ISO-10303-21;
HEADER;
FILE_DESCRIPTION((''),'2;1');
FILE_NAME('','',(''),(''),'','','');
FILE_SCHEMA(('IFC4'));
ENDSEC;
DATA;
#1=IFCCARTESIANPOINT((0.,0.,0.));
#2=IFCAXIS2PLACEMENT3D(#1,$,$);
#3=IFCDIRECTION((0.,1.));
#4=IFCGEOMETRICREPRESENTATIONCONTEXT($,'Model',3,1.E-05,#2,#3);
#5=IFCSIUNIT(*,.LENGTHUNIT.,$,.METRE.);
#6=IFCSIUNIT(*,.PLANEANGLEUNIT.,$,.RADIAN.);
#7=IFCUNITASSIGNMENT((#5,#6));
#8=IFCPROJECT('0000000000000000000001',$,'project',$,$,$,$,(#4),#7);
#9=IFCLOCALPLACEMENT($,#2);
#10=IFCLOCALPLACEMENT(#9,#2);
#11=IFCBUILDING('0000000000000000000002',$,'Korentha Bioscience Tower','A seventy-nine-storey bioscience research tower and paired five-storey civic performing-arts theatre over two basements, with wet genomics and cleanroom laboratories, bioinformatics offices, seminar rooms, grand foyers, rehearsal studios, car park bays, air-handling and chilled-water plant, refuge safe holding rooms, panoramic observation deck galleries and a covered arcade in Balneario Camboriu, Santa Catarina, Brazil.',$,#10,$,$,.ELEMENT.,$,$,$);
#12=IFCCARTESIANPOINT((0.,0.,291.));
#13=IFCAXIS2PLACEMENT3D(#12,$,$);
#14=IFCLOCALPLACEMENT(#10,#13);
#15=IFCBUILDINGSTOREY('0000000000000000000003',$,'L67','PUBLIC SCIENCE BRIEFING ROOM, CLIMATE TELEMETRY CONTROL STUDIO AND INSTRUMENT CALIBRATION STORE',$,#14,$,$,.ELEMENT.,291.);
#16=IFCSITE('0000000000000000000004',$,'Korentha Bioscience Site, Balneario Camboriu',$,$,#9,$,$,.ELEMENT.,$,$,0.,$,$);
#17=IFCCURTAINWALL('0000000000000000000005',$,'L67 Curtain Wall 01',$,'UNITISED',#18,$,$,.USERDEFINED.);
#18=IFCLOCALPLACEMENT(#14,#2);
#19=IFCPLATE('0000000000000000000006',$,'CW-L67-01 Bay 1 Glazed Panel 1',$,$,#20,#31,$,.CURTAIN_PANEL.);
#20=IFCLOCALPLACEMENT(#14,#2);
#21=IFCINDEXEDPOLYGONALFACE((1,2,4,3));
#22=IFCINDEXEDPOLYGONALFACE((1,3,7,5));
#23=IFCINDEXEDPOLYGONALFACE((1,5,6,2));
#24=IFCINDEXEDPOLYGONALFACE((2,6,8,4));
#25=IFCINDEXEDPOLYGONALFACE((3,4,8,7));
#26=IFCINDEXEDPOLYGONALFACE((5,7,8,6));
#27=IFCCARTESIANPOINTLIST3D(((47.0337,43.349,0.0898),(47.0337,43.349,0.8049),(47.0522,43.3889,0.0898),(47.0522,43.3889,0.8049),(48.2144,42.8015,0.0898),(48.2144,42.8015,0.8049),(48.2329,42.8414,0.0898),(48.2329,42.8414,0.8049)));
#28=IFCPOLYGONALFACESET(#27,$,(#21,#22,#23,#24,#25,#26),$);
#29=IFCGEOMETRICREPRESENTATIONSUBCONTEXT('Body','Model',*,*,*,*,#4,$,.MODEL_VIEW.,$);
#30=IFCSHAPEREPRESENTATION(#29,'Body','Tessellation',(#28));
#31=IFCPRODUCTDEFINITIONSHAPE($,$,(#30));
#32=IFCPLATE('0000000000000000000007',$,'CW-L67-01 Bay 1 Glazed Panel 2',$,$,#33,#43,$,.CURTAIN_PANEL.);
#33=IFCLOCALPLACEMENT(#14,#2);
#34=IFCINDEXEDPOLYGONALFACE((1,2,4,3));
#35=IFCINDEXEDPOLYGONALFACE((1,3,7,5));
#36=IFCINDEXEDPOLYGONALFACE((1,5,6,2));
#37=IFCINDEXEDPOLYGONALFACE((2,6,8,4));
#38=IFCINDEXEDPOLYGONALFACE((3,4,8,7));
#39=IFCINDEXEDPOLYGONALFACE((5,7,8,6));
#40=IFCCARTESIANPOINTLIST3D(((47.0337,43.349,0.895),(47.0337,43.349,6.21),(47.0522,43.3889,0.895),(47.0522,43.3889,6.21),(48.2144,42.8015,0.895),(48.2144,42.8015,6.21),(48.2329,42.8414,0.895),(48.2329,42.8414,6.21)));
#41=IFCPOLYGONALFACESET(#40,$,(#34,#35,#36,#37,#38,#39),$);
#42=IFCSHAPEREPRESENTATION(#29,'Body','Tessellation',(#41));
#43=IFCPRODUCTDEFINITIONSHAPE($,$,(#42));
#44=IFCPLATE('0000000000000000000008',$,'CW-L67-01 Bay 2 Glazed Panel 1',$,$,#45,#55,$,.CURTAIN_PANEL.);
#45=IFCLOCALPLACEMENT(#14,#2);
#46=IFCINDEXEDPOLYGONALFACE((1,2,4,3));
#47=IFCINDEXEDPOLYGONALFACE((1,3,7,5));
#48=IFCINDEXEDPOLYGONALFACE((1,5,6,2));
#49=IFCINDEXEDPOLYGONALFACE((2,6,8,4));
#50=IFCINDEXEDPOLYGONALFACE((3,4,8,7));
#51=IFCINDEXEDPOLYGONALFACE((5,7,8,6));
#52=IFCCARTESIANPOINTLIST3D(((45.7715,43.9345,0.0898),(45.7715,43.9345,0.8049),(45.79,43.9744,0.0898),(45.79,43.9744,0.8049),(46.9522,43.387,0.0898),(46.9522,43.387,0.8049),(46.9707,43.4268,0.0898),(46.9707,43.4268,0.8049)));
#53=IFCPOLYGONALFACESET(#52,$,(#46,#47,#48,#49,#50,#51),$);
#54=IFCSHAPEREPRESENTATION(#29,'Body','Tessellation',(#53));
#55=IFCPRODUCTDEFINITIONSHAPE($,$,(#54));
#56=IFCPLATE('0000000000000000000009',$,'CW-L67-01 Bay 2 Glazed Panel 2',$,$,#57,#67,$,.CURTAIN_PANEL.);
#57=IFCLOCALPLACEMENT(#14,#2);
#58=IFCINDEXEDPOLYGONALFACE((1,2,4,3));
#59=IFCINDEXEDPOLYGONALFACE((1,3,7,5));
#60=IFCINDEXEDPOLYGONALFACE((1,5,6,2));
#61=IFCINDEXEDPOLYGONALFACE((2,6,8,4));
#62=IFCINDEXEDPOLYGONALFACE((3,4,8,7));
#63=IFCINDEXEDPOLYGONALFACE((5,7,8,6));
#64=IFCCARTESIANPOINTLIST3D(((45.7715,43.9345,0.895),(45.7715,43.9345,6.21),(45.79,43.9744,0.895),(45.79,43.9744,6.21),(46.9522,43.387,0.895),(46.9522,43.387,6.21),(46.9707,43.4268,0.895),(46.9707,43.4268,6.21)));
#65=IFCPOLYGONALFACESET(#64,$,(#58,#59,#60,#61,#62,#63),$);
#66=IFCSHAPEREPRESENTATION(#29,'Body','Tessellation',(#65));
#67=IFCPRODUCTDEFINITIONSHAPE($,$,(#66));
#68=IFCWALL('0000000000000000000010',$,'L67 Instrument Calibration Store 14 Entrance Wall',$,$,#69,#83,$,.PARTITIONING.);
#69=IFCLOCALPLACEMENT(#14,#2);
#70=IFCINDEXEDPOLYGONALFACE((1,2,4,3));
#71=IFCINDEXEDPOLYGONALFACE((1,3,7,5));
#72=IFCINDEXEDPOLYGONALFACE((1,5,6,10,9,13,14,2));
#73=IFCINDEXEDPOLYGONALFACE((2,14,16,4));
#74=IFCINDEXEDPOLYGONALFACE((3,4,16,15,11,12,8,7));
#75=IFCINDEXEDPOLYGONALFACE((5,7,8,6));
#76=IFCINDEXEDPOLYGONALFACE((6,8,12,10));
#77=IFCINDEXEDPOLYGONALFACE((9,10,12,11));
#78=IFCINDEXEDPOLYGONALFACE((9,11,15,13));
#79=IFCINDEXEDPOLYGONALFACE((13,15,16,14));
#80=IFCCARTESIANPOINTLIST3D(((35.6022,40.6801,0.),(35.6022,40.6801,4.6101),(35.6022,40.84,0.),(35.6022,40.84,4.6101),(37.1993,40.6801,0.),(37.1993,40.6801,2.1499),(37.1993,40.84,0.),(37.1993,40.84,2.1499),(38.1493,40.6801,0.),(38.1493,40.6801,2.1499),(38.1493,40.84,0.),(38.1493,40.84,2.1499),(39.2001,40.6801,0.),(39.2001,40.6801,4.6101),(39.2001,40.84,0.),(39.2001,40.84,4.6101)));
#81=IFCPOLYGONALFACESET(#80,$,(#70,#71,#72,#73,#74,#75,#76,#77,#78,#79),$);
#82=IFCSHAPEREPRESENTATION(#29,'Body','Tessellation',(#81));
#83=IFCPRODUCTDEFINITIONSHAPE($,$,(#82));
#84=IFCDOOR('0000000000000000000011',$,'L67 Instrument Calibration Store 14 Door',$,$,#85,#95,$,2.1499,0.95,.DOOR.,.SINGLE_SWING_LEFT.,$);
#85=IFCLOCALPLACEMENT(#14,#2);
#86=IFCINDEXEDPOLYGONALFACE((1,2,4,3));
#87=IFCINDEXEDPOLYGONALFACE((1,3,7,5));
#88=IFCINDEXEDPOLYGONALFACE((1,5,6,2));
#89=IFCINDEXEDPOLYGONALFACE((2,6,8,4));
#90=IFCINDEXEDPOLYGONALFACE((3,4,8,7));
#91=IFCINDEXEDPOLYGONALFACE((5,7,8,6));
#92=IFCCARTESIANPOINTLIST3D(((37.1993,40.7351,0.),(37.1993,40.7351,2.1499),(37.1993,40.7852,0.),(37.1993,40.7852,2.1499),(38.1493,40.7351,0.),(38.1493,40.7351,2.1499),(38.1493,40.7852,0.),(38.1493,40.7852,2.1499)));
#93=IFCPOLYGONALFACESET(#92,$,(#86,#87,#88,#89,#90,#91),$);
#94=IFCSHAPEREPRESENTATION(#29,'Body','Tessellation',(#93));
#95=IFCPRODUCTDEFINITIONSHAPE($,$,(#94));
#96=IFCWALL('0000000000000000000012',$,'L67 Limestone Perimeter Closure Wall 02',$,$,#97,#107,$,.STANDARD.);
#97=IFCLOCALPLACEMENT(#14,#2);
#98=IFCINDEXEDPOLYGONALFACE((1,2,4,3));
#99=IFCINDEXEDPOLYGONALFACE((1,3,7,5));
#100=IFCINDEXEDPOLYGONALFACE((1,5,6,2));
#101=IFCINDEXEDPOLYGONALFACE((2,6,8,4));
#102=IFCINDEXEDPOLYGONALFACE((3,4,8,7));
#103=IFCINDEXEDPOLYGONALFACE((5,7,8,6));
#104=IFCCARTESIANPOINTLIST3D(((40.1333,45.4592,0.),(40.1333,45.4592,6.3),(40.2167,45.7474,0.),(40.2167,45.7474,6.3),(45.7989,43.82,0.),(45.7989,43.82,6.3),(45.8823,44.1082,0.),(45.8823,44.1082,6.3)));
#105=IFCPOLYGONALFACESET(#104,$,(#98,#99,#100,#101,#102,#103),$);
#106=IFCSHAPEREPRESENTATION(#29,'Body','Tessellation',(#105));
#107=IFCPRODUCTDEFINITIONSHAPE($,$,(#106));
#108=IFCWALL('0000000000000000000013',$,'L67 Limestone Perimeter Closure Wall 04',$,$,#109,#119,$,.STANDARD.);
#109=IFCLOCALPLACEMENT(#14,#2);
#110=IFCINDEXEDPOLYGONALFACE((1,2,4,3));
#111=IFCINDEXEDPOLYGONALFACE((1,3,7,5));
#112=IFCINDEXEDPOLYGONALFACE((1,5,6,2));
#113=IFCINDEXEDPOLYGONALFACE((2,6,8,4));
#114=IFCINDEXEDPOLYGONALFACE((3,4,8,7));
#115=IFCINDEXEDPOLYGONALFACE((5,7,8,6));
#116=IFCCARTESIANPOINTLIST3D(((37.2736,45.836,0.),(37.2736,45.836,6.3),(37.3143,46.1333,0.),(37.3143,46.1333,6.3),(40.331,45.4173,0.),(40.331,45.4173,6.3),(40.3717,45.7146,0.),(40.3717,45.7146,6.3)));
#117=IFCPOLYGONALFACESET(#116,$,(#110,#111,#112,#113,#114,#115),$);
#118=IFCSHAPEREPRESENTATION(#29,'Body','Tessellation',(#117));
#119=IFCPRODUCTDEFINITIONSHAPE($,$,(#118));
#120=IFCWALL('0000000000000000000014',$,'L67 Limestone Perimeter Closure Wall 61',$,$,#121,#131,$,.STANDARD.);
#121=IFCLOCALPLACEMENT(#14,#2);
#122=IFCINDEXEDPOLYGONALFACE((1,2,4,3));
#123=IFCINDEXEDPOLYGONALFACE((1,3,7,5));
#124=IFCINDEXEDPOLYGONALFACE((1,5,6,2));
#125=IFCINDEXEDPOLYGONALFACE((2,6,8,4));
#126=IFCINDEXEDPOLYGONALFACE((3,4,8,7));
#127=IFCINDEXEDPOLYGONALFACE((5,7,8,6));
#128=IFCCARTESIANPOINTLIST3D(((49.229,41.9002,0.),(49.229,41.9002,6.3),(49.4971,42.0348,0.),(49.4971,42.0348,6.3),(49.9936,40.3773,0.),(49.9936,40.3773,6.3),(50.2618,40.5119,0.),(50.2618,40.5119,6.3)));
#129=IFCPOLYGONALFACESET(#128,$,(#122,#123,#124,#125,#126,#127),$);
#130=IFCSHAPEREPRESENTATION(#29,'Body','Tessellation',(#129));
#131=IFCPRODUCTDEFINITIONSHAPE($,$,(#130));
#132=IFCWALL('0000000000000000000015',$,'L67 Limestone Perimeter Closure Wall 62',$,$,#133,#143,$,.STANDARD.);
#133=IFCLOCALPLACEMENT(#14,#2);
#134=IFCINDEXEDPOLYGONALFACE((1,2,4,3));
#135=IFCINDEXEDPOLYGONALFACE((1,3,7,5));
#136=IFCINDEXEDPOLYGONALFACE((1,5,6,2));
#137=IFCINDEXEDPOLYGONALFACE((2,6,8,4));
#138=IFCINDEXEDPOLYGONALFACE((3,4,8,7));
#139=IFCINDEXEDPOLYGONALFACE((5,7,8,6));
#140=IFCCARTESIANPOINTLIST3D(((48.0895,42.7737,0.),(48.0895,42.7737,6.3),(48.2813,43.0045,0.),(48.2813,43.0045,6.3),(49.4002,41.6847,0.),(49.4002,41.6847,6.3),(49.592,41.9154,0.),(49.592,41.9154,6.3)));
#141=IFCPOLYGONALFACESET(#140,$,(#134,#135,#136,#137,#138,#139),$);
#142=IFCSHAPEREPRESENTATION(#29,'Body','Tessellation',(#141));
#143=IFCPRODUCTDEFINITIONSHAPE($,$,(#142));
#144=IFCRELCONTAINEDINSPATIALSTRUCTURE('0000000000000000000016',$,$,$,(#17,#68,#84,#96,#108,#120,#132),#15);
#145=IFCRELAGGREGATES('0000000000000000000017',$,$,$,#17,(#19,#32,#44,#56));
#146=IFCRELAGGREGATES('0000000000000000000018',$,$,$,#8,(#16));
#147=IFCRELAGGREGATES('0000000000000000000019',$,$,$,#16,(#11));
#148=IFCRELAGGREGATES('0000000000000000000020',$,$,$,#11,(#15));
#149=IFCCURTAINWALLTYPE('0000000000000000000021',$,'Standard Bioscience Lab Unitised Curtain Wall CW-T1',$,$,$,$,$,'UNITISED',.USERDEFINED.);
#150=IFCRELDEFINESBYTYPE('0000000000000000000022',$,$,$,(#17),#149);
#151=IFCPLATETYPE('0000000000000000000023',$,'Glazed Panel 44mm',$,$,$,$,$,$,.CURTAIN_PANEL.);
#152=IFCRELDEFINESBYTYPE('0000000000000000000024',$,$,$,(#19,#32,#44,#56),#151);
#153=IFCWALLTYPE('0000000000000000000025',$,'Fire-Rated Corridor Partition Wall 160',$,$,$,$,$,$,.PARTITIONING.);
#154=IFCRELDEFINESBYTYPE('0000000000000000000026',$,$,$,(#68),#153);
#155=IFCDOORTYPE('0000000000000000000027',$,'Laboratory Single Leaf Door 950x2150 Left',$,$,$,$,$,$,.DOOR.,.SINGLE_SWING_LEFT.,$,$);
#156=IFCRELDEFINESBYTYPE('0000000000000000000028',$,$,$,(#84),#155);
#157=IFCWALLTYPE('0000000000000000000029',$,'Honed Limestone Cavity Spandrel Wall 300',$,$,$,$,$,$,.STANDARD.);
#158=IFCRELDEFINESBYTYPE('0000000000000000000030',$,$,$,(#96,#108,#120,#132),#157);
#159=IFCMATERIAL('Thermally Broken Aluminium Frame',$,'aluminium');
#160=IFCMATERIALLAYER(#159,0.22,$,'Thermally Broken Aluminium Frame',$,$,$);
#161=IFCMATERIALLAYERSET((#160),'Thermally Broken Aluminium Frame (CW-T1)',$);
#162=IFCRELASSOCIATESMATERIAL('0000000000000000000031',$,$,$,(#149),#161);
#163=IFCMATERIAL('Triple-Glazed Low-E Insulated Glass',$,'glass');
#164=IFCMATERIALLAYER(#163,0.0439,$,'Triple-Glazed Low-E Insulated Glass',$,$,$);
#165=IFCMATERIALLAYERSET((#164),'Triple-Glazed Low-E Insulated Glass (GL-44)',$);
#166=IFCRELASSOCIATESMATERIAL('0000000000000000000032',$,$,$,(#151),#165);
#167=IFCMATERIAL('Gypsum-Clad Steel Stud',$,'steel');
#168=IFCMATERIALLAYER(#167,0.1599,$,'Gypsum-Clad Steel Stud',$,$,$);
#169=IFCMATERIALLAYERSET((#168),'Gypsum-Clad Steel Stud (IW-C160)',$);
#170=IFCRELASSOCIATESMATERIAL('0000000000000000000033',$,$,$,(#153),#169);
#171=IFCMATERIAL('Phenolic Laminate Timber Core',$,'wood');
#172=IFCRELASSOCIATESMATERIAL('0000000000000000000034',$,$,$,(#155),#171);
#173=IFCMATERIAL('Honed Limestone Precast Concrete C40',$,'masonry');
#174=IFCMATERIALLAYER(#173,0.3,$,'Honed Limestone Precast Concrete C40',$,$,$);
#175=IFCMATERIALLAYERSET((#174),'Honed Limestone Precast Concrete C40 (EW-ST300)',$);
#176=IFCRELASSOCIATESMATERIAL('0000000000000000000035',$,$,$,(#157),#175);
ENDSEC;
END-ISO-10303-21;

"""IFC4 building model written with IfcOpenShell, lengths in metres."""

from ifc_helpers import new_model, si_unit, direction, frame, frame_2d, origin, origin_2d, place, context, subcontext, project, spatial, rectangle, extrude, material, layer, layer_set, type_object, element, fill, aggregate, save


model = new_model("IFC4")

# Units and contexts
model_context = context("Model", 3, precision=1e-05, world=origin(), true_north=direction((0.0, 1.0)))
body_context = subcontext(model_context, "Body", "Model", "MODEL_VIEW")
ifc_project = project(units=[si_unit("LENGTHUNIT", "METRE"), si_unit("PLANEANGLEUNIT", "RADIAN")], contexts=[model_context])

# Site, building, storey
site_placement = place(None, origin())
site = spatial("IfcSite", under=ifc_project, at=site_placement, Name="Korentha Bioscience Site, Balneario Camboriu", CompositionType="ELEMENT", RefElevation=0.0)
building_placement = place(site_placement, origin())
building = spatial("IfcBuilding", under=site, at=building_placement, Name="Korentha Bioscience Tower", Description="A seventy-nine-storey bioscience research tower and paired five-storey civic performing-arts theatre over two basements, with wet genomics and cleanroom laboratories, bioinformatics offices, seminar rooms, grand foyers, rehearsal studios, car park bays, air-handling and chilled-water plant, refuge safe holding rooms, panoramic observation deck galleries and a covered arcade in Balneario Camboriu, Santa Catarina, Brazil.", CompositionType="ELEMENT")
storey_placement = place(building_placement, frame((0.0, 0.0, 291.0)))
storey = spatial("IfcBuildingStorey", under=building, at=storey_placement, Name="L67", Description="PUBLIC SCIENCE BRIEFING ROOM, CLIMATE TELEMETRY CONTROL STUDIO AND INSTRUMENT CALIBRATION STORE", CompositionType="ELEMENT", Elevation=291.0)

# Curtain wall, plates
ifc_material_1 = material(Name="Thermally Broken Aluminium Frame", Category="aluminium")
ifc_layer_1 = layer(ifc_material_1, 0.22, Name="Thermally Broken Aluminium Frame")
ifc_layer_set_1 = layer_set([ifc_layer_1], Name="Thermally Broken Aluminium Frame (CW-T1)")
curtain_wall_type = type_object("IfcCurtainWallType", Name="Standard Bioscience Lab Unitised Curtain Wall CW-T1", ElementType="UNITISED", PredefinedType="USERDEFINED", material=ifc_layer_set_1)
curtain_wall_placement = place(storey_placement, origin())
curtain_wall = element("IfcCurtainWall", 1, at=curtain_wall_placement, inside=storey, type_object=curtain_wall_type, Name="L67 Curtain Wall 01", ObjectType="UNITISED", PredefinedType="USERDEFINED")
ifc_material_2 = material(Name="Triple-Glazed Low-E Insulated Glass", Category="glass")
ifc_layer_2 = layer(ifc_material_2, 0.0439, Name="Triple-Glazed Low-E Insulated Glass")
ifc_layer_set_2 = layer_set([ifc_layer_2], Name="Triple-Glazed Low-E Insulated Glass (GL-44)")
plate_type = type_object("IfcPlateType", Name="Glazed Panel 44mm", PredefinedType="CURTAIN_PANEL", material=ifc_layer_set_2)
plate_1_placement = place(storey_placement, frame((47.6333, 43.0952, 0.0898), z_axis=(0.0, 0.0, 1.0), x_axis=(-0.907204, 0.420691, 0.0)))
plate_1 = element("IfcPlate", 2, at=plate_1_placement, type_object=plate_type, Name="CW-L67-01 Bay 1 Glazed Panel 1", PredefinedType="CURTAIN_PANEL", context=body_context, shape_type="SweptSolid", body=[
    extrude(rectangle(XDim=1.3015, YDim=0.0439, at=origin_2d()), origin(), (0.0, 0.0, 1.0), 0.7151),
])
plate_2_placement = place(storey_placement, frame((47.6333, 43.0952, 0.895), z_axis=(0.0, 0.0, 1.0), x_axis=(-0.907204, 0.420691, 0.0)))
plate_2 = element("IfcPlate", 3, at=plate_2_placement, type_object=plate_type, Name="CW-L67-01 Bay 1 Glazed Panel 2", PredefinedType="CURTAIN_PANEL", context=body_context, shape_type="SweptSolid", body=[
    extrude(rectangle(XDim=1.3015, YDim=0.0439, at=origin_2d()), origin(), (0.0, 0.0, 1.0), 5.3149),
])
plate_3_placement = place(storey_placement, frame((46.3711, 43.6807, 0.0898), z_axis=(0.0, 0.0, 1.0), x_axis=(-0.907204, 0.420691, 0.0)))
plate_3 = element("IfcPlate", 4, at=plate_3_placement, type_object=plate_type, Name="CW-L67-01 Bay 2 Glazed Panel 1", PredefinedType="CURTAIN_PANEL", context=body_context, shape_type="SweptSolid", body=[
    extrude(rectangle(XDim=1.3015, YDim=0.0439, at=origin_2d()), origin(), (0.0, 0.0, 1.0), 0.7151),
])
plate_4_placement = place(storey_placement, frame((46.3711, 43.6807, 0.895), z_axis=(0.0, 0.0, 1.0), x_axis=(-0.907204, 0.420691, 0.0)))
plate_4 = element("IfcPlate", 5, at=plate_4_placement, type_object=plate_type, Name="CW-L67-01 Bay 2 Glazed Panel 2", PredefinedType="CURTAIN_PANEL", context=body_context, shape_type="SweptSolid", body=[
    extrude(rectangle(XDim=1.3015, YDim=0.0439, at=origin_2d()), origin(), (0.0, 0.0, 1.0), 5.3149),
])
aggregate(curtain_wall, [plate_1, plate_2, plate_3, plate_4])

# Wall, opening, door
ifc_material_3 = material(Name="Gypsum-Clad Steel Stud", Category="steel")
ifc_layer_3 = layer(ifc_material_3, 0.1599, Name="Gypsum-Clad Steel Stud")
ifc_layer_set_3 = layer_set([ifc_layer_3], Name="Gypsum-Clad Steel Stud (IW-C160)")
wall_type_1 = type_object("IfcWallType", Name="Fire-Rated Corridor Partition Wall 160", PredefinedType="PARTITIONING", material=ifc_layer_set_3)
wall_1_placement = place(storey_placement, frame((39.2, 40.76, 0.0), z_axis=(0.0, 0.0, 1.0), x_axis=(-1.0, 0.0, 0.0)))
wall_1 = element("IfcWall", 6, at=wall_1_placement, inside=storey, type_object=wall_type_1, Name="L67 Instrument Calibration Store 14 Entrance Wall", PredefinedType="PARTITIONING", context=body_context, shape_type="SweptSolid", body=[
    extrude(rectangle(XDim=3.5979, YDim=0.1599, at=frame_2d((1.7988, 0.0))), origin(), (0.0, 0.0, 1.0), 4.6101),
])
opening_placement = place(wall_1_placement, frame((1.0505, 0.0, 0.0)))
opening = element("IfcOpeningElement", 7, at=opening_placement, cuts=wall_1, PredefinedType="OPENING", context=body_context, shape_type="SweptSolid", body=[
    extrude(rectangle(XDim=0.95, YDim=2.1499, at=frame_2d((0.4751, 1.075))), frame((0.0, 0.0947, 0.0), z_axis=(0.0, -1.0, 0.0), x_axis=(1.0, 0.0, 0.0)), (0.0, 0.0, 1.0), 0.1897),
])
ifc_material_4 = material(Name="Phenolic Laminate Timber Core", Category="wood")
door_type = type_object("IfcDoorType", Name="Laboratory Single Leaf Door 950x2150 Left", OperationType="SINGLE_SWING_LEFT", PredefinedType="DOOR", material=ifc_material_4)
door_placement = place(opening_placement, origin())
door = element("IfcDoor", 8, at=door_placement, inside=storey, type_object=door_type, Name="L67 Instrument Calibration Store 14 Door", OperationType="SINGLE_SWING_LEFT", OverallHeight=2.1499, OverallWidth=0.95, PredefinedType="DOOR", context=body_context, shape_type="SweptSolid", body=[
    extrude(rectangle(XDim=0.95, YDim=2.1499, at=frame_2d((0.4751, 1.075))), frame((0.0, 0.0249, 0.0), z_axis=(0.0, -1.0, 0.0), x_axis=(1.0, 0.0, 0.0)), (0.0, 0.0, 1.0), 0.05),
])
fill(opening, door)

# Walls
ifc_material_5 = material(Name="Honed Limestone Precast Concrete C40", Category="masonry")
ifc_layer_4 = layer(ifc_material_5, 0.3, Name="Honed Limestone Precast Concrete C40")
ifc_layer_set_4 = layer_set([ifc_layer_4], Name="Honed Limestone Precast Concrete C40 (EW-ST300)")
wall_type_2 = type_object("IfcWallType", Name="Honed Limestone Cavity Spandrel Wall 300", PredefinedType="STANDARD", material=ifc_layer_set_4)
wall_2_placement = place(storey_placement, frame((45.8406, 43.9641, 0.0), z_axis=(0.0, 0.0, 1.0), x_axis=(-0.960603, 0.277923, 0.0)))
element("IfcWall", 9, at=wall_2_placement, inside=storey, type_object=wall_type_2, Name="L67 Limestone Perimeter Closure Wall 02", PredefinedType="STANDARD", context=body_context, shape_type="SweptSolid", body=[
    extrude(rectangle(XDim=5.8979, YDim=0.3, at=frame_2d((2.949, 0.0))), origin(), (0.0, 0.0, 1.0), 6.3),
])
wall_3_placement = place(storey_placement, frame((40.3513, 45.5659, 0.0), z_axis=(0.0, 0.0, 1.0), x_axis=(-0.990752, 0.135682, 0.0)))
element("IfcWall", 10, at=wall_3_placement, inside=storey, type_object=wall_type_2, Name="L67 Limestone Perimeter Closure Wall 04", PredefinedType="STANDARD", context=body_context, shape_type="SweptSolid", body=[
    extrude(rectangle(XDim=3.0859, YDim=0.3, at=frame_2d((1.543, 0.0))), origin(), (0.0, 0.0, 1.0), 6.3),
])
for number, where, z_axis, x_axis, name in (
    (11, (50.1277, 40.4446, 0.0), (0.0, 0.0, 1.0), (-0.448703, 0.893681, 0.0), "L67 Limestone Perimeter Closure Wall 61"),
    (12, (49.4961, 41.8, 0.0), (0.0, 0.0, 1.0), (-0.769148, 0.639071, 0.0), "L67 Limestone Perimeter Closure Wall 62"),
):
    element("IfcWall", number, at=place(storey_placement, frame(where, z_axis=z_axis, x_axis=x_axis)), inside=storey, type_object=wall_type_2, Name=name, PredefinedType="STANDARD", context=body_context, shape_type="SweptSolid", body=[
        extrude(rectangle(XDim=1.7041, YDim=0.3, at=frame_2d((0.8521, 0.0))), origin(), (0.0, 0.0, 1.0), 6.3),
    ])

save(model, "model.ifc")
